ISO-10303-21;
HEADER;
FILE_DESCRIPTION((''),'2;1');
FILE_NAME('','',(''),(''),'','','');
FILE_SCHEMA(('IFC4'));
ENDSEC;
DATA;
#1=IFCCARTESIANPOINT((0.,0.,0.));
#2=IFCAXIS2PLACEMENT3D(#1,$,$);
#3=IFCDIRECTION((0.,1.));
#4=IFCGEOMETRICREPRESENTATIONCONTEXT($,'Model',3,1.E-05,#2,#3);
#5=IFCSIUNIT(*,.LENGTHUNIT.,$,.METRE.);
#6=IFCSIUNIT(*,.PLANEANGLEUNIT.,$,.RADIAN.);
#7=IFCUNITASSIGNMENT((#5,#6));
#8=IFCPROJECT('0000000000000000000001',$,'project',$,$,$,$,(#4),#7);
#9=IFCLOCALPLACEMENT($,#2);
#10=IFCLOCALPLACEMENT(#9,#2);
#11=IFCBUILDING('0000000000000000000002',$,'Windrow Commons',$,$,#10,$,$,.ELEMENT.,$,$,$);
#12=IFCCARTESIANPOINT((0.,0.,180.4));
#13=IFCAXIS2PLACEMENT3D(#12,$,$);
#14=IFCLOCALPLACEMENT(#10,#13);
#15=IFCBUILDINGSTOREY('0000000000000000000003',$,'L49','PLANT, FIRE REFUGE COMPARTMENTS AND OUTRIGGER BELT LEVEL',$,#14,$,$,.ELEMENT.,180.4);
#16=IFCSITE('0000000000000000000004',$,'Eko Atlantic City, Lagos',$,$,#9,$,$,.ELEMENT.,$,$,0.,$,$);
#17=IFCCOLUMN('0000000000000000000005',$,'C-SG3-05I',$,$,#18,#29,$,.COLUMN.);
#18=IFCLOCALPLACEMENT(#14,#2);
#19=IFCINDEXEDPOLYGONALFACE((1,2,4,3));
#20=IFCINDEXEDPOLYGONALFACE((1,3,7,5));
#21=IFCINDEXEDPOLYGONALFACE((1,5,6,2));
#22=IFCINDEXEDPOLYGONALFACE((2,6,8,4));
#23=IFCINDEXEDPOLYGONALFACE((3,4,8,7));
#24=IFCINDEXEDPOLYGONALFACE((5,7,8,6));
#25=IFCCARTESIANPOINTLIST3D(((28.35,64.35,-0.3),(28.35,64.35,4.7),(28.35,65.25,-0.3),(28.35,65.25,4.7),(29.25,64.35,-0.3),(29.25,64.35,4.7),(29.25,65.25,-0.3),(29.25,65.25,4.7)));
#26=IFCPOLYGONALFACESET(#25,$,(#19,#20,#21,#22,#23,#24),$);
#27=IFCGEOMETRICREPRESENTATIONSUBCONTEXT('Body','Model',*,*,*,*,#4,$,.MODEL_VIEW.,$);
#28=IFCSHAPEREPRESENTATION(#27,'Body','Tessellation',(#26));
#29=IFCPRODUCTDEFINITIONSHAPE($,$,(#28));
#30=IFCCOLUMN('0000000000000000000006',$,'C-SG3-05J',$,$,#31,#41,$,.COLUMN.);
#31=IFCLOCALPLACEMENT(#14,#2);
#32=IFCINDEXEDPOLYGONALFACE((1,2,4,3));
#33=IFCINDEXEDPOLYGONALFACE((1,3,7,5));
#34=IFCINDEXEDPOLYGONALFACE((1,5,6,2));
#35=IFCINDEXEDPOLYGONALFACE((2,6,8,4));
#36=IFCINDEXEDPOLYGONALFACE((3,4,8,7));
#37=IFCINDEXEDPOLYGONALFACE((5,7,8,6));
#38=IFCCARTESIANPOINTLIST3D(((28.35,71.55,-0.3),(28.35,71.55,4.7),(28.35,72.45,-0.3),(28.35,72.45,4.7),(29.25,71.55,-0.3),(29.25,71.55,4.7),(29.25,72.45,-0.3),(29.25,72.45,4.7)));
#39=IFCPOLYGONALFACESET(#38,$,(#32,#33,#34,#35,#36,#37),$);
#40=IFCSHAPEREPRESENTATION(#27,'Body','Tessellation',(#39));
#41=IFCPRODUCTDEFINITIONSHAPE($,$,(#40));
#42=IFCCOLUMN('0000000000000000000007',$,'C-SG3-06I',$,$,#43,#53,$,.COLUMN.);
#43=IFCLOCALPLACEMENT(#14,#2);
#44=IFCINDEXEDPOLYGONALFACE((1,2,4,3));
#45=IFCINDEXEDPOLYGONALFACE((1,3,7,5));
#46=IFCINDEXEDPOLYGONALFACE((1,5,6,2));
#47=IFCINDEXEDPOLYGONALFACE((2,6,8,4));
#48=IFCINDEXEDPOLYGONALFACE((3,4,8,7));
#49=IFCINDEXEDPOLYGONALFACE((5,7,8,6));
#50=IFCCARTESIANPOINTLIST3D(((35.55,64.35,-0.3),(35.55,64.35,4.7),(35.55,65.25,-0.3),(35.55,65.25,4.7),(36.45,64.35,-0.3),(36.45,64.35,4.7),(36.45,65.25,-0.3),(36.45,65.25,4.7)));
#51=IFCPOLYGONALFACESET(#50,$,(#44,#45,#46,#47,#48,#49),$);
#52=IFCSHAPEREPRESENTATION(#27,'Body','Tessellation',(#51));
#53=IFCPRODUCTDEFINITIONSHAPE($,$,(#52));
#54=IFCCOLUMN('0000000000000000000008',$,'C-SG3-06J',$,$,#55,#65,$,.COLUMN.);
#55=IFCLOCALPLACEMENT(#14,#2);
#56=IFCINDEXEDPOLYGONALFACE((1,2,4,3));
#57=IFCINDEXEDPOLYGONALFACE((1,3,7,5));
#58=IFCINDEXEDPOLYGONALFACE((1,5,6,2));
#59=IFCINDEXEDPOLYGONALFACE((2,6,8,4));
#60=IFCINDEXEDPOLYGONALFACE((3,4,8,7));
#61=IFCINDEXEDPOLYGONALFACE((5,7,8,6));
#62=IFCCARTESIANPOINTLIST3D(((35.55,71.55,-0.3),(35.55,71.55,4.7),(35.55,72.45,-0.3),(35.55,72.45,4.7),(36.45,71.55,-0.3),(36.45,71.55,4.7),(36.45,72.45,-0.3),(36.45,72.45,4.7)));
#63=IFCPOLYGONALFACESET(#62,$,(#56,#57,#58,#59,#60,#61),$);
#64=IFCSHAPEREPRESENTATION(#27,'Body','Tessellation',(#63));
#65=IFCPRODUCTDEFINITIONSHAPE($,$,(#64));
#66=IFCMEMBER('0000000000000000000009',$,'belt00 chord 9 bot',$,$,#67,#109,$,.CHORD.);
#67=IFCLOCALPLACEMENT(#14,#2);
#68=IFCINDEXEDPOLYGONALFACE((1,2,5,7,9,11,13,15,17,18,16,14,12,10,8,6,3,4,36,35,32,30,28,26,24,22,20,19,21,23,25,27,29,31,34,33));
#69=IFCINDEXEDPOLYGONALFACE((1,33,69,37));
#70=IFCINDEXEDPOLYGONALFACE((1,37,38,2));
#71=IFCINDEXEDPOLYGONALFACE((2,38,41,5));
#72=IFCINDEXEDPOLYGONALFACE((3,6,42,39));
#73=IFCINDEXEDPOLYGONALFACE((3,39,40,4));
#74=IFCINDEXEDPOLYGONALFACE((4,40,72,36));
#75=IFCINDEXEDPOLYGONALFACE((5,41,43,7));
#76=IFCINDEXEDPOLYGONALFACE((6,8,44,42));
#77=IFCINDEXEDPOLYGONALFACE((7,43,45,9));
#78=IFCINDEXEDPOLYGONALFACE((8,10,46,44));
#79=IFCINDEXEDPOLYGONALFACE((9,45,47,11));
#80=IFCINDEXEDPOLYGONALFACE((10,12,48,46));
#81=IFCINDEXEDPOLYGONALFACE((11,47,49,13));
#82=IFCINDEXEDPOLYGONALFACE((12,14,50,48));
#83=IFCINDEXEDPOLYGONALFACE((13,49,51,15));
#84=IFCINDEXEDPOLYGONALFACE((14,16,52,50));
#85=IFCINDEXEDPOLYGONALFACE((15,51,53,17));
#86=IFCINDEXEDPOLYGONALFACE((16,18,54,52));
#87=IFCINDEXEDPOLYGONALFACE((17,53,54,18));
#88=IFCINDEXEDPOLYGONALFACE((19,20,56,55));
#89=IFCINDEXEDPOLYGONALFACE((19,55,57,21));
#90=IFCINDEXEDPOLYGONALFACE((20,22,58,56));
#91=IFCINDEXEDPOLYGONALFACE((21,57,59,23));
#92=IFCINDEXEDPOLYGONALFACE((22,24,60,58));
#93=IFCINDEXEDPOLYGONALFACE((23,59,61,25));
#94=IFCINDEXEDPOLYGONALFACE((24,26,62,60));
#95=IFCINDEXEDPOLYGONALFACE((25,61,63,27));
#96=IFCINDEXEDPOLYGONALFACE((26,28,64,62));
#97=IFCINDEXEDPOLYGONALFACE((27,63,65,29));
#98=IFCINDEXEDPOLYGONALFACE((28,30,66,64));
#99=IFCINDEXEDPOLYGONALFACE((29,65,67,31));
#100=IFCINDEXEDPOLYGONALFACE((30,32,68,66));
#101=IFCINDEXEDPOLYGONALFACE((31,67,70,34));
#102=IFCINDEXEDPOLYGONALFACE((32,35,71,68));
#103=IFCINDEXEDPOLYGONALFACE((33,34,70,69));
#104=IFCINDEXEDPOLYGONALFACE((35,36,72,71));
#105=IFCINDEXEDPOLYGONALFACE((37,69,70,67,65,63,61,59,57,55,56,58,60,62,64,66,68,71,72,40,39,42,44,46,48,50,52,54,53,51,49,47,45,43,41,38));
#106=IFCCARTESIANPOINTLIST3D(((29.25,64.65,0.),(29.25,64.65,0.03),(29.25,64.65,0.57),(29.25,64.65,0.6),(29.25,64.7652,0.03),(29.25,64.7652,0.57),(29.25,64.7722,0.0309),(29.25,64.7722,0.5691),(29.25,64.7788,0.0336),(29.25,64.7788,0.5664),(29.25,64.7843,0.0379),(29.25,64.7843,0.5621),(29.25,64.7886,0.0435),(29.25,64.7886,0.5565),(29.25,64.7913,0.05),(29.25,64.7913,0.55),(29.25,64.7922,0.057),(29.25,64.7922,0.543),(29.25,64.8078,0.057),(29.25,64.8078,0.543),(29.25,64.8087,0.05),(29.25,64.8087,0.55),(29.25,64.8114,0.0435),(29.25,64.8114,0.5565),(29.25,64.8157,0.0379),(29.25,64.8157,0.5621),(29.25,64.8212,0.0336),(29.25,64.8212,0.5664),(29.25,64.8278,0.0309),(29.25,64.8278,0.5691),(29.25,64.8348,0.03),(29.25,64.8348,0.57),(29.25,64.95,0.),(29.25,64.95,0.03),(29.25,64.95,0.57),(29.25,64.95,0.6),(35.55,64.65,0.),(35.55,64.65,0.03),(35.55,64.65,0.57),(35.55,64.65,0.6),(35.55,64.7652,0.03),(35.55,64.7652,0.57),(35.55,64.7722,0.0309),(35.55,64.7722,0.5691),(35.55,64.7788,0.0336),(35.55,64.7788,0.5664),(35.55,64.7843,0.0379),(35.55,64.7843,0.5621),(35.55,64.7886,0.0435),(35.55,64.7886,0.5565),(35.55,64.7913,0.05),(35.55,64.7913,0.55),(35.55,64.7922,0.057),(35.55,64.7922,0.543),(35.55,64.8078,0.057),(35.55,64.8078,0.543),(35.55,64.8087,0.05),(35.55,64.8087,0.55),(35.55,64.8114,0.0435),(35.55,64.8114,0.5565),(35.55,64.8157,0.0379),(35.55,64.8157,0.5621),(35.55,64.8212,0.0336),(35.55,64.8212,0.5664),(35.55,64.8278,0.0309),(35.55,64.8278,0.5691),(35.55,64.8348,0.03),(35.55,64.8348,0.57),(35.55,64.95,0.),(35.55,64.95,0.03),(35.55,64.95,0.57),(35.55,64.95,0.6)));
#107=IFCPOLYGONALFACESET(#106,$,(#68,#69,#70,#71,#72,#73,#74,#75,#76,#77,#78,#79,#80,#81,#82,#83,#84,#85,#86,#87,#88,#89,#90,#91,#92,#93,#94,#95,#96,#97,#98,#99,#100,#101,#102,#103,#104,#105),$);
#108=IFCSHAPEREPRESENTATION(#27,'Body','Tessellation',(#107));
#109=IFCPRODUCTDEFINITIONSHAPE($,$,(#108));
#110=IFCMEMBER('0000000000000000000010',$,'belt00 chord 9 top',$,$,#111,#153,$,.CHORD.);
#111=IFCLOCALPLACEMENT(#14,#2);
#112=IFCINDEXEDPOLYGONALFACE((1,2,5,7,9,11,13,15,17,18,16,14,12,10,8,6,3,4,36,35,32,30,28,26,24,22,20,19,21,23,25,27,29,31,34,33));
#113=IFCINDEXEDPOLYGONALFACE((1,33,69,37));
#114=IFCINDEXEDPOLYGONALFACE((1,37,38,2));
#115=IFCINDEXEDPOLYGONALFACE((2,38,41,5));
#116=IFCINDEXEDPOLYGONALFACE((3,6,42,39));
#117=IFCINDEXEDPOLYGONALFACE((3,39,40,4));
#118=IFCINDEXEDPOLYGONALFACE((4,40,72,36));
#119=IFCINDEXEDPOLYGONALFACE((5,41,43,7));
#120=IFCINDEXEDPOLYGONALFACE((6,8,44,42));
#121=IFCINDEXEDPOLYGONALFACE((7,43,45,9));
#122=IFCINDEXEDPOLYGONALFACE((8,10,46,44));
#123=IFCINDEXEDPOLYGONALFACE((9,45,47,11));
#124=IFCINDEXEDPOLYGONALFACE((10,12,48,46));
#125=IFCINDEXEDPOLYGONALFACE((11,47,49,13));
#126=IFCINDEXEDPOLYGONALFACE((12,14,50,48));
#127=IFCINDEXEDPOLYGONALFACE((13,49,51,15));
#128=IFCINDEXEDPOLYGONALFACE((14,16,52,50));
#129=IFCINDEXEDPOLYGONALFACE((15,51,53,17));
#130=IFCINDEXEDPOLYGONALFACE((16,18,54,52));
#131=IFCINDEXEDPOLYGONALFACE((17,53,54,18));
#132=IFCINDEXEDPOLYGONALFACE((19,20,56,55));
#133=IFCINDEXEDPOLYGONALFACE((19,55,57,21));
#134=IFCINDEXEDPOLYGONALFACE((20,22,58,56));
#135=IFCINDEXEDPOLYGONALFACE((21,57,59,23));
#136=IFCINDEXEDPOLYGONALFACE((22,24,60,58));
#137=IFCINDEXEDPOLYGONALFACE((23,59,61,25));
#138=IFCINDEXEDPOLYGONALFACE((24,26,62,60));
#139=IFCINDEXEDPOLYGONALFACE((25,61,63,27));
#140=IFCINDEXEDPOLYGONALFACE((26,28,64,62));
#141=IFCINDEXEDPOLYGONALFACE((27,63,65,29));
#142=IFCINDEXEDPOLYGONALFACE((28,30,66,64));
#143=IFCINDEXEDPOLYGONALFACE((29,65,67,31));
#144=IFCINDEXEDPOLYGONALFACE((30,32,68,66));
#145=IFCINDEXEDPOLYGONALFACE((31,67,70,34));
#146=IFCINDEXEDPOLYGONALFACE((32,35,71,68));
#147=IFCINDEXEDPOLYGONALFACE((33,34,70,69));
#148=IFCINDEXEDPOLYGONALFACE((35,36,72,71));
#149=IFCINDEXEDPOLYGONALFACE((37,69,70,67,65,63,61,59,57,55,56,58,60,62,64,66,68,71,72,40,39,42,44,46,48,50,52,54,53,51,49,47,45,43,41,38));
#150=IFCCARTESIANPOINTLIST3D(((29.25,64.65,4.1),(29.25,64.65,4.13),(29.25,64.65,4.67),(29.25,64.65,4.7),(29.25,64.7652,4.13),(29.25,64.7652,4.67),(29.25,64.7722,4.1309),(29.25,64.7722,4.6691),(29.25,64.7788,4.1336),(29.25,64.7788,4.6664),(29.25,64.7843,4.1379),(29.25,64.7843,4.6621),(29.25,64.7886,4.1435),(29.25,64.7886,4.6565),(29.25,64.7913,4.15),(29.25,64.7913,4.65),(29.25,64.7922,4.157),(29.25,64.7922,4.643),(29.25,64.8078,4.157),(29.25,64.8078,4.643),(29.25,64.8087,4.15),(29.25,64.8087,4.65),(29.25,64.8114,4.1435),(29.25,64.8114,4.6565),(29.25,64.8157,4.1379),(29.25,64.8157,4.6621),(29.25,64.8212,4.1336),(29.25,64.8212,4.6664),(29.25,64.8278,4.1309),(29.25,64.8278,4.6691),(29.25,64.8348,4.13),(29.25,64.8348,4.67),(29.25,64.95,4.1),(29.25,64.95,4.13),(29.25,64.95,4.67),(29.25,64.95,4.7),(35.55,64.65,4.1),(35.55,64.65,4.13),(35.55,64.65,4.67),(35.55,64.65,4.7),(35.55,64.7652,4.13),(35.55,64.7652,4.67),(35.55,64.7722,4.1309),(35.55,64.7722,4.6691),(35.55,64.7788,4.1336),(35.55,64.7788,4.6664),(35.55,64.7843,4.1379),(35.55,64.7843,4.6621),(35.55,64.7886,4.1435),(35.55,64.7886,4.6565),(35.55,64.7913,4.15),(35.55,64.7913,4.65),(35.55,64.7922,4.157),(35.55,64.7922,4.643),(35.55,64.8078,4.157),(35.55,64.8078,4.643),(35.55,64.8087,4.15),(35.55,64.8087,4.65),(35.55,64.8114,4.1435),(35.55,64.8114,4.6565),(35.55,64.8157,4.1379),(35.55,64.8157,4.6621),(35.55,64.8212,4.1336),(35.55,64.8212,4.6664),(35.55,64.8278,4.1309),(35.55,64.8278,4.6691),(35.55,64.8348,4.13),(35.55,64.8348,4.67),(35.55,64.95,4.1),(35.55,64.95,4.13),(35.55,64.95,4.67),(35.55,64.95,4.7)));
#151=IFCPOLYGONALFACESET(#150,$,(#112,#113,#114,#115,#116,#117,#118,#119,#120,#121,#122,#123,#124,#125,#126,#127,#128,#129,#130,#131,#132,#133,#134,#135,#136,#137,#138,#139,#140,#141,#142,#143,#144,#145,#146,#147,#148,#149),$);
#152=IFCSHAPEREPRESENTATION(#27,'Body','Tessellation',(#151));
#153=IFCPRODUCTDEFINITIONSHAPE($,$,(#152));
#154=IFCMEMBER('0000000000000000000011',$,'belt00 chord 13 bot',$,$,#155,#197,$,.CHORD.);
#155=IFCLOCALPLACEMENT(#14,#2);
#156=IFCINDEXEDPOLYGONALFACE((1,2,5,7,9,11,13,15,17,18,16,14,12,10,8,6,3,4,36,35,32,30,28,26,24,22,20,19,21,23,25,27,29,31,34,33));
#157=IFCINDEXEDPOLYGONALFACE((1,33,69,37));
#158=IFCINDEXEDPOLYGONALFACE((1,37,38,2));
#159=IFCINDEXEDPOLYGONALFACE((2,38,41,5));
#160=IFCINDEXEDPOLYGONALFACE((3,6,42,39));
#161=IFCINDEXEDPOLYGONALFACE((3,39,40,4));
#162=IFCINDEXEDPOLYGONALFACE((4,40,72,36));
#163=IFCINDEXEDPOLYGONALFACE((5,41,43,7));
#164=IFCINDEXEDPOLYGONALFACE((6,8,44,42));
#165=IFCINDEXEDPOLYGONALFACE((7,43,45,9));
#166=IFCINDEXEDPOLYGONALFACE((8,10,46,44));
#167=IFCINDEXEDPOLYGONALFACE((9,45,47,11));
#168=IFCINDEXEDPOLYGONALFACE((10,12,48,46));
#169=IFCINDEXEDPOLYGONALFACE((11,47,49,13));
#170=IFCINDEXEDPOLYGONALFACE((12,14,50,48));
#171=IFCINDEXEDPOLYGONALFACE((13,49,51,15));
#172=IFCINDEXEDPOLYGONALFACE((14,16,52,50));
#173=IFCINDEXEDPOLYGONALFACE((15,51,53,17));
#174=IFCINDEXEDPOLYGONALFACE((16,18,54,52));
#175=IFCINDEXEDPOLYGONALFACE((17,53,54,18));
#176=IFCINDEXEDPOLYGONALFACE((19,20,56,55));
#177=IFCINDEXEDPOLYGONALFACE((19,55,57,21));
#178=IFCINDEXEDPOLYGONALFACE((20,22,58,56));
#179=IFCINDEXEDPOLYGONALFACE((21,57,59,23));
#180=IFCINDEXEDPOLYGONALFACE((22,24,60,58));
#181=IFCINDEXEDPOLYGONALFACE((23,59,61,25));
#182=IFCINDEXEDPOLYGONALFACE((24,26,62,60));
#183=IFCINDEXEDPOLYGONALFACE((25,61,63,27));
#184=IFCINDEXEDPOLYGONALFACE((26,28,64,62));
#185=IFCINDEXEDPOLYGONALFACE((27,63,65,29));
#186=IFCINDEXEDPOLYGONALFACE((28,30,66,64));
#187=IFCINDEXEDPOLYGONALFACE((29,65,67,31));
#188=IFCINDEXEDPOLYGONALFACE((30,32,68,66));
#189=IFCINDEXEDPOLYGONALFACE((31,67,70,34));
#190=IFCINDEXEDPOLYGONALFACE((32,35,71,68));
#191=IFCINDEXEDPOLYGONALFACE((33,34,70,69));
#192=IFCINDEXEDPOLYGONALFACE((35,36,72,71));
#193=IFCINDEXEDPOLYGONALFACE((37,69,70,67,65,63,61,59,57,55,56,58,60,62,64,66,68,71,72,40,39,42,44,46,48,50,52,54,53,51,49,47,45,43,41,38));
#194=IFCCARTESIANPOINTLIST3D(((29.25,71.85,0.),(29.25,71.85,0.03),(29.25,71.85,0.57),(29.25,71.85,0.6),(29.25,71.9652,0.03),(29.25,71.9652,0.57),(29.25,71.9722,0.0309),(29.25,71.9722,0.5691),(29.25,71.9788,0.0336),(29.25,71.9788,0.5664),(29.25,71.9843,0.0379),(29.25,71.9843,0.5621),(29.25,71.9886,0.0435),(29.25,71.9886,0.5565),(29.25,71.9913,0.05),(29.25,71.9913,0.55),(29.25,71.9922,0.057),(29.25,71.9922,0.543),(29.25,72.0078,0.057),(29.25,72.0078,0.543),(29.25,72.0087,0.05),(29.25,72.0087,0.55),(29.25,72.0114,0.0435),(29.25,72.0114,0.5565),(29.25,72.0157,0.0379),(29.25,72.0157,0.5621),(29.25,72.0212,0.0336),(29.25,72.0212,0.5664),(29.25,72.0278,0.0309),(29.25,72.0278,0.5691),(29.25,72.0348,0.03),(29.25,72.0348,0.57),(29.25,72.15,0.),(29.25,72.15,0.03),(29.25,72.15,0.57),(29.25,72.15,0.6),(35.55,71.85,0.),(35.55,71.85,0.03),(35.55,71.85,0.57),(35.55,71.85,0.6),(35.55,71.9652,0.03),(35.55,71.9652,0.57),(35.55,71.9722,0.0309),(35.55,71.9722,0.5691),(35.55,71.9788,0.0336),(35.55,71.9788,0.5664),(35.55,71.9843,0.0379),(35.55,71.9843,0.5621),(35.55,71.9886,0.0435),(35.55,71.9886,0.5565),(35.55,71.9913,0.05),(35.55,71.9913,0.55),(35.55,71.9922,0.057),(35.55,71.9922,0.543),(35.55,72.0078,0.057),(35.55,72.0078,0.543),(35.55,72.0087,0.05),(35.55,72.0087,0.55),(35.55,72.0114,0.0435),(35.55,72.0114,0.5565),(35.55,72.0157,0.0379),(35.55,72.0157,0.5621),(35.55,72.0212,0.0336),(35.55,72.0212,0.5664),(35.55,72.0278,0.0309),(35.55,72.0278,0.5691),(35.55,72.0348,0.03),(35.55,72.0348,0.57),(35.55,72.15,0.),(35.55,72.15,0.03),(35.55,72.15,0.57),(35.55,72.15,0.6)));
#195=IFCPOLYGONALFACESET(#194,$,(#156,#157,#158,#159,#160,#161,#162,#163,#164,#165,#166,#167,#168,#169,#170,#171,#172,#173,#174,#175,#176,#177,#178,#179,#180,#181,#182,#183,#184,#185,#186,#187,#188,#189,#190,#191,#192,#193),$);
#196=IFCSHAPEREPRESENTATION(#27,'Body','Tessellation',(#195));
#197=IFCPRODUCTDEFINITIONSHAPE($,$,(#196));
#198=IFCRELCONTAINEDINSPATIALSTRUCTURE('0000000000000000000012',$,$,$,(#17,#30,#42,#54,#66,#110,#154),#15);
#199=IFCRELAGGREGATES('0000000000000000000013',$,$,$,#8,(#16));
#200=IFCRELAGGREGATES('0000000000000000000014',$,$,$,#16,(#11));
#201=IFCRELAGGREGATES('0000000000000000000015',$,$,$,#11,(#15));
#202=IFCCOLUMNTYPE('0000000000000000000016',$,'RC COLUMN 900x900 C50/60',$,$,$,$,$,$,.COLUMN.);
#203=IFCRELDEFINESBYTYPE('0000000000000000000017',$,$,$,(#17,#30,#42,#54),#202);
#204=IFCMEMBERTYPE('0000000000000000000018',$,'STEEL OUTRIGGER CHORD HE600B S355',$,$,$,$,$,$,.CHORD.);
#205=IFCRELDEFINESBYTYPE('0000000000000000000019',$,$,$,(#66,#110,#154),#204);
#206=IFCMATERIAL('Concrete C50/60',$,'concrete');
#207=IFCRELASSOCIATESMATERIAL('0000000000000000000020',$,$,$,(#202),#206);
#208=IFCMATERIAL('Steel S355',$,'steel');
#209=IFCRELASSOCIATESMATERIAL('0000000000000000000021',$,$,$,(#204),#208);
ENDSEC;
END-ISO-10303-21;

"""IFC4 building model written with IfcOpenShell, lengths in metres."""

from ifc_helpers import new_model, si_unit, direction, frame, origin, origin_2d, place, context, subcontext, project, spatial, rectangle, i_section, extrude, material, material_profile, profile_set, type_object, element, save


model = new_model("IFC4")

# Units and contexts
model_context = context("Model", 3, precision=1e-05, world=origin(), true_north=direction((0.0, 1.0)))
body_context = subcontext(model_context, "Body", "Model", "MODEL_VIEW")
ifc_project = project(units=[si_unit("LENGTHUNIT", "METRE"), si_unit("PLANEANGLEUNIT", "RADIAN")], contexts=[model_context])

# Site, building, storey
site_placement = place(None, origin())
site = spatial("IfcSite", under=ifc_project, at=site_placement, Name="Eko Atlantic City, Lagos", CompositionType="ELEMENT", RefElevation=0.0)
building_placement = place(site_placement, origin())
building = spatial("IfcBuilding", under=site, at=building_placement, Name="Windrow Commons", CompositionType="ELEMENT")
storey_placement = place(building_placement, frame((0.0, 0.0, 180.4)))
storey = spatial("IfcBuildingStorey", under=building, at=storey_placement, Name="L49", Description="PLANT, FIRE REFUGE COMPARTMENTS AND OUTRIGGER BELT LEVEL", CompositionType="ELEMENT", Elevation=180.4)

# Columns
ifc_material_1 = material(Name="Concrete C50/60", Category="concrete")
ifc_material_profile_1 = material_profile(ifc_material_1, rectangle(XDim=0.9, YDim=0.9, at=origin_2d()))
ifc_profile_set_1 = profile_set([ifc_material_profile_1], Name="Concrete C50/60")
column_type = type_object("IfcColumnType", Name="RC COLUMN 900x900 C50/60", PredefinedType="COLUMN", material=ifc_profile_set_1)
for number, where, z_axis, x_axis, name in (
    (1, (28.8, 64.8, -0.3), (0.0, 0.0, 1.0), (1.0, 0.0, 0.0), "C-SG3-05I"),
    (2, (28.8, 72.0, -0.3), (0.0, 0.0, 1.0), (1.0, 0.0, 0.0), "C-SG3-05J"),
    (3, (36.0, 64.8, -0.3), (0.0, 0.0, 1.0), (1.0, 0.0, 0.0), "C-SG3-06I"),
    (4, (36.0, 72.0, -0.3), (0.0, 0.0, 1.0), (1.0, 0.0, 0.0), "C-SG3-06J"),
):
    element("IfcColumn", number, at=place(storey_placement, frame(where, z_axis=z_axis, x_axis=x_axis)), inside=storey, type_object=column_type, Name=name, PredefinedType="COLUMN", context=body_context, shape_type="SweptSolid", body=[
        extrude(rectangle(XDim=0.9, YDim=0.9, at=origin_2d()), origin(), (0.0, 0.0, 1.0), 5.0),
    ])

# Members
ifc_material_2 = material(Name="Steel S355", Category="steel")
ifc_material_profile_2 = material_profile(ifc_material_2, i_section(OverallWidth=0.3, OverallDepth=0.6, WebThickness=0.0155, FlangeThickness=0.03, FilletRadius=0.027, at=origin_2d()))
ifc_profile_set_2 = profile_set([ifc_material_profile_2], Name="Steel S355")
member_type_1 = type_object("IfcMemberType", Name="STEEL OUTRIGGER CHORD HE600B S355", PredefinedType="CHORD", material=ifc_profile_set_2)
for number, where, z_axis, x_axis, name in (
    (5, (35.55, 64.8, 0.3), (-1.0, 0.0, 0.0), (0.0, -1.0, 0.0), "belt00 chord 9 bot"),
    (6, (35.55, 64.8, 4.4), (-1.0, 0.0, 0.0), (0.0, -1.0, 0.0), "belt00 chord 9 top"),
    (7, (29.25, 72.0, 0.3), (1.0, 0.0, 0.0), (0.0, 1.0, 0.0), "belt00 chord 13 bot"),
):
    element("IfcMember", number, at=place(storey_placement, frame(where, z_axis=z_axis, x_axis=x_axis)), inside=storey, type_object=member_type_1, Name=name, PredefinedType="CHORD", context=body_context, shape_type="SweptSolid", body=[
        extrude(i_section(OverallWidth=0.3, OverallDepth=0.6, WebThickness=0.0155, FlangeThickness=0.03, FilletRadius=0.027, at=origin_2d()), origin(), (0.0, 0.0, 1.0), 6.3),
    ])

save(model, "model.ifc")
